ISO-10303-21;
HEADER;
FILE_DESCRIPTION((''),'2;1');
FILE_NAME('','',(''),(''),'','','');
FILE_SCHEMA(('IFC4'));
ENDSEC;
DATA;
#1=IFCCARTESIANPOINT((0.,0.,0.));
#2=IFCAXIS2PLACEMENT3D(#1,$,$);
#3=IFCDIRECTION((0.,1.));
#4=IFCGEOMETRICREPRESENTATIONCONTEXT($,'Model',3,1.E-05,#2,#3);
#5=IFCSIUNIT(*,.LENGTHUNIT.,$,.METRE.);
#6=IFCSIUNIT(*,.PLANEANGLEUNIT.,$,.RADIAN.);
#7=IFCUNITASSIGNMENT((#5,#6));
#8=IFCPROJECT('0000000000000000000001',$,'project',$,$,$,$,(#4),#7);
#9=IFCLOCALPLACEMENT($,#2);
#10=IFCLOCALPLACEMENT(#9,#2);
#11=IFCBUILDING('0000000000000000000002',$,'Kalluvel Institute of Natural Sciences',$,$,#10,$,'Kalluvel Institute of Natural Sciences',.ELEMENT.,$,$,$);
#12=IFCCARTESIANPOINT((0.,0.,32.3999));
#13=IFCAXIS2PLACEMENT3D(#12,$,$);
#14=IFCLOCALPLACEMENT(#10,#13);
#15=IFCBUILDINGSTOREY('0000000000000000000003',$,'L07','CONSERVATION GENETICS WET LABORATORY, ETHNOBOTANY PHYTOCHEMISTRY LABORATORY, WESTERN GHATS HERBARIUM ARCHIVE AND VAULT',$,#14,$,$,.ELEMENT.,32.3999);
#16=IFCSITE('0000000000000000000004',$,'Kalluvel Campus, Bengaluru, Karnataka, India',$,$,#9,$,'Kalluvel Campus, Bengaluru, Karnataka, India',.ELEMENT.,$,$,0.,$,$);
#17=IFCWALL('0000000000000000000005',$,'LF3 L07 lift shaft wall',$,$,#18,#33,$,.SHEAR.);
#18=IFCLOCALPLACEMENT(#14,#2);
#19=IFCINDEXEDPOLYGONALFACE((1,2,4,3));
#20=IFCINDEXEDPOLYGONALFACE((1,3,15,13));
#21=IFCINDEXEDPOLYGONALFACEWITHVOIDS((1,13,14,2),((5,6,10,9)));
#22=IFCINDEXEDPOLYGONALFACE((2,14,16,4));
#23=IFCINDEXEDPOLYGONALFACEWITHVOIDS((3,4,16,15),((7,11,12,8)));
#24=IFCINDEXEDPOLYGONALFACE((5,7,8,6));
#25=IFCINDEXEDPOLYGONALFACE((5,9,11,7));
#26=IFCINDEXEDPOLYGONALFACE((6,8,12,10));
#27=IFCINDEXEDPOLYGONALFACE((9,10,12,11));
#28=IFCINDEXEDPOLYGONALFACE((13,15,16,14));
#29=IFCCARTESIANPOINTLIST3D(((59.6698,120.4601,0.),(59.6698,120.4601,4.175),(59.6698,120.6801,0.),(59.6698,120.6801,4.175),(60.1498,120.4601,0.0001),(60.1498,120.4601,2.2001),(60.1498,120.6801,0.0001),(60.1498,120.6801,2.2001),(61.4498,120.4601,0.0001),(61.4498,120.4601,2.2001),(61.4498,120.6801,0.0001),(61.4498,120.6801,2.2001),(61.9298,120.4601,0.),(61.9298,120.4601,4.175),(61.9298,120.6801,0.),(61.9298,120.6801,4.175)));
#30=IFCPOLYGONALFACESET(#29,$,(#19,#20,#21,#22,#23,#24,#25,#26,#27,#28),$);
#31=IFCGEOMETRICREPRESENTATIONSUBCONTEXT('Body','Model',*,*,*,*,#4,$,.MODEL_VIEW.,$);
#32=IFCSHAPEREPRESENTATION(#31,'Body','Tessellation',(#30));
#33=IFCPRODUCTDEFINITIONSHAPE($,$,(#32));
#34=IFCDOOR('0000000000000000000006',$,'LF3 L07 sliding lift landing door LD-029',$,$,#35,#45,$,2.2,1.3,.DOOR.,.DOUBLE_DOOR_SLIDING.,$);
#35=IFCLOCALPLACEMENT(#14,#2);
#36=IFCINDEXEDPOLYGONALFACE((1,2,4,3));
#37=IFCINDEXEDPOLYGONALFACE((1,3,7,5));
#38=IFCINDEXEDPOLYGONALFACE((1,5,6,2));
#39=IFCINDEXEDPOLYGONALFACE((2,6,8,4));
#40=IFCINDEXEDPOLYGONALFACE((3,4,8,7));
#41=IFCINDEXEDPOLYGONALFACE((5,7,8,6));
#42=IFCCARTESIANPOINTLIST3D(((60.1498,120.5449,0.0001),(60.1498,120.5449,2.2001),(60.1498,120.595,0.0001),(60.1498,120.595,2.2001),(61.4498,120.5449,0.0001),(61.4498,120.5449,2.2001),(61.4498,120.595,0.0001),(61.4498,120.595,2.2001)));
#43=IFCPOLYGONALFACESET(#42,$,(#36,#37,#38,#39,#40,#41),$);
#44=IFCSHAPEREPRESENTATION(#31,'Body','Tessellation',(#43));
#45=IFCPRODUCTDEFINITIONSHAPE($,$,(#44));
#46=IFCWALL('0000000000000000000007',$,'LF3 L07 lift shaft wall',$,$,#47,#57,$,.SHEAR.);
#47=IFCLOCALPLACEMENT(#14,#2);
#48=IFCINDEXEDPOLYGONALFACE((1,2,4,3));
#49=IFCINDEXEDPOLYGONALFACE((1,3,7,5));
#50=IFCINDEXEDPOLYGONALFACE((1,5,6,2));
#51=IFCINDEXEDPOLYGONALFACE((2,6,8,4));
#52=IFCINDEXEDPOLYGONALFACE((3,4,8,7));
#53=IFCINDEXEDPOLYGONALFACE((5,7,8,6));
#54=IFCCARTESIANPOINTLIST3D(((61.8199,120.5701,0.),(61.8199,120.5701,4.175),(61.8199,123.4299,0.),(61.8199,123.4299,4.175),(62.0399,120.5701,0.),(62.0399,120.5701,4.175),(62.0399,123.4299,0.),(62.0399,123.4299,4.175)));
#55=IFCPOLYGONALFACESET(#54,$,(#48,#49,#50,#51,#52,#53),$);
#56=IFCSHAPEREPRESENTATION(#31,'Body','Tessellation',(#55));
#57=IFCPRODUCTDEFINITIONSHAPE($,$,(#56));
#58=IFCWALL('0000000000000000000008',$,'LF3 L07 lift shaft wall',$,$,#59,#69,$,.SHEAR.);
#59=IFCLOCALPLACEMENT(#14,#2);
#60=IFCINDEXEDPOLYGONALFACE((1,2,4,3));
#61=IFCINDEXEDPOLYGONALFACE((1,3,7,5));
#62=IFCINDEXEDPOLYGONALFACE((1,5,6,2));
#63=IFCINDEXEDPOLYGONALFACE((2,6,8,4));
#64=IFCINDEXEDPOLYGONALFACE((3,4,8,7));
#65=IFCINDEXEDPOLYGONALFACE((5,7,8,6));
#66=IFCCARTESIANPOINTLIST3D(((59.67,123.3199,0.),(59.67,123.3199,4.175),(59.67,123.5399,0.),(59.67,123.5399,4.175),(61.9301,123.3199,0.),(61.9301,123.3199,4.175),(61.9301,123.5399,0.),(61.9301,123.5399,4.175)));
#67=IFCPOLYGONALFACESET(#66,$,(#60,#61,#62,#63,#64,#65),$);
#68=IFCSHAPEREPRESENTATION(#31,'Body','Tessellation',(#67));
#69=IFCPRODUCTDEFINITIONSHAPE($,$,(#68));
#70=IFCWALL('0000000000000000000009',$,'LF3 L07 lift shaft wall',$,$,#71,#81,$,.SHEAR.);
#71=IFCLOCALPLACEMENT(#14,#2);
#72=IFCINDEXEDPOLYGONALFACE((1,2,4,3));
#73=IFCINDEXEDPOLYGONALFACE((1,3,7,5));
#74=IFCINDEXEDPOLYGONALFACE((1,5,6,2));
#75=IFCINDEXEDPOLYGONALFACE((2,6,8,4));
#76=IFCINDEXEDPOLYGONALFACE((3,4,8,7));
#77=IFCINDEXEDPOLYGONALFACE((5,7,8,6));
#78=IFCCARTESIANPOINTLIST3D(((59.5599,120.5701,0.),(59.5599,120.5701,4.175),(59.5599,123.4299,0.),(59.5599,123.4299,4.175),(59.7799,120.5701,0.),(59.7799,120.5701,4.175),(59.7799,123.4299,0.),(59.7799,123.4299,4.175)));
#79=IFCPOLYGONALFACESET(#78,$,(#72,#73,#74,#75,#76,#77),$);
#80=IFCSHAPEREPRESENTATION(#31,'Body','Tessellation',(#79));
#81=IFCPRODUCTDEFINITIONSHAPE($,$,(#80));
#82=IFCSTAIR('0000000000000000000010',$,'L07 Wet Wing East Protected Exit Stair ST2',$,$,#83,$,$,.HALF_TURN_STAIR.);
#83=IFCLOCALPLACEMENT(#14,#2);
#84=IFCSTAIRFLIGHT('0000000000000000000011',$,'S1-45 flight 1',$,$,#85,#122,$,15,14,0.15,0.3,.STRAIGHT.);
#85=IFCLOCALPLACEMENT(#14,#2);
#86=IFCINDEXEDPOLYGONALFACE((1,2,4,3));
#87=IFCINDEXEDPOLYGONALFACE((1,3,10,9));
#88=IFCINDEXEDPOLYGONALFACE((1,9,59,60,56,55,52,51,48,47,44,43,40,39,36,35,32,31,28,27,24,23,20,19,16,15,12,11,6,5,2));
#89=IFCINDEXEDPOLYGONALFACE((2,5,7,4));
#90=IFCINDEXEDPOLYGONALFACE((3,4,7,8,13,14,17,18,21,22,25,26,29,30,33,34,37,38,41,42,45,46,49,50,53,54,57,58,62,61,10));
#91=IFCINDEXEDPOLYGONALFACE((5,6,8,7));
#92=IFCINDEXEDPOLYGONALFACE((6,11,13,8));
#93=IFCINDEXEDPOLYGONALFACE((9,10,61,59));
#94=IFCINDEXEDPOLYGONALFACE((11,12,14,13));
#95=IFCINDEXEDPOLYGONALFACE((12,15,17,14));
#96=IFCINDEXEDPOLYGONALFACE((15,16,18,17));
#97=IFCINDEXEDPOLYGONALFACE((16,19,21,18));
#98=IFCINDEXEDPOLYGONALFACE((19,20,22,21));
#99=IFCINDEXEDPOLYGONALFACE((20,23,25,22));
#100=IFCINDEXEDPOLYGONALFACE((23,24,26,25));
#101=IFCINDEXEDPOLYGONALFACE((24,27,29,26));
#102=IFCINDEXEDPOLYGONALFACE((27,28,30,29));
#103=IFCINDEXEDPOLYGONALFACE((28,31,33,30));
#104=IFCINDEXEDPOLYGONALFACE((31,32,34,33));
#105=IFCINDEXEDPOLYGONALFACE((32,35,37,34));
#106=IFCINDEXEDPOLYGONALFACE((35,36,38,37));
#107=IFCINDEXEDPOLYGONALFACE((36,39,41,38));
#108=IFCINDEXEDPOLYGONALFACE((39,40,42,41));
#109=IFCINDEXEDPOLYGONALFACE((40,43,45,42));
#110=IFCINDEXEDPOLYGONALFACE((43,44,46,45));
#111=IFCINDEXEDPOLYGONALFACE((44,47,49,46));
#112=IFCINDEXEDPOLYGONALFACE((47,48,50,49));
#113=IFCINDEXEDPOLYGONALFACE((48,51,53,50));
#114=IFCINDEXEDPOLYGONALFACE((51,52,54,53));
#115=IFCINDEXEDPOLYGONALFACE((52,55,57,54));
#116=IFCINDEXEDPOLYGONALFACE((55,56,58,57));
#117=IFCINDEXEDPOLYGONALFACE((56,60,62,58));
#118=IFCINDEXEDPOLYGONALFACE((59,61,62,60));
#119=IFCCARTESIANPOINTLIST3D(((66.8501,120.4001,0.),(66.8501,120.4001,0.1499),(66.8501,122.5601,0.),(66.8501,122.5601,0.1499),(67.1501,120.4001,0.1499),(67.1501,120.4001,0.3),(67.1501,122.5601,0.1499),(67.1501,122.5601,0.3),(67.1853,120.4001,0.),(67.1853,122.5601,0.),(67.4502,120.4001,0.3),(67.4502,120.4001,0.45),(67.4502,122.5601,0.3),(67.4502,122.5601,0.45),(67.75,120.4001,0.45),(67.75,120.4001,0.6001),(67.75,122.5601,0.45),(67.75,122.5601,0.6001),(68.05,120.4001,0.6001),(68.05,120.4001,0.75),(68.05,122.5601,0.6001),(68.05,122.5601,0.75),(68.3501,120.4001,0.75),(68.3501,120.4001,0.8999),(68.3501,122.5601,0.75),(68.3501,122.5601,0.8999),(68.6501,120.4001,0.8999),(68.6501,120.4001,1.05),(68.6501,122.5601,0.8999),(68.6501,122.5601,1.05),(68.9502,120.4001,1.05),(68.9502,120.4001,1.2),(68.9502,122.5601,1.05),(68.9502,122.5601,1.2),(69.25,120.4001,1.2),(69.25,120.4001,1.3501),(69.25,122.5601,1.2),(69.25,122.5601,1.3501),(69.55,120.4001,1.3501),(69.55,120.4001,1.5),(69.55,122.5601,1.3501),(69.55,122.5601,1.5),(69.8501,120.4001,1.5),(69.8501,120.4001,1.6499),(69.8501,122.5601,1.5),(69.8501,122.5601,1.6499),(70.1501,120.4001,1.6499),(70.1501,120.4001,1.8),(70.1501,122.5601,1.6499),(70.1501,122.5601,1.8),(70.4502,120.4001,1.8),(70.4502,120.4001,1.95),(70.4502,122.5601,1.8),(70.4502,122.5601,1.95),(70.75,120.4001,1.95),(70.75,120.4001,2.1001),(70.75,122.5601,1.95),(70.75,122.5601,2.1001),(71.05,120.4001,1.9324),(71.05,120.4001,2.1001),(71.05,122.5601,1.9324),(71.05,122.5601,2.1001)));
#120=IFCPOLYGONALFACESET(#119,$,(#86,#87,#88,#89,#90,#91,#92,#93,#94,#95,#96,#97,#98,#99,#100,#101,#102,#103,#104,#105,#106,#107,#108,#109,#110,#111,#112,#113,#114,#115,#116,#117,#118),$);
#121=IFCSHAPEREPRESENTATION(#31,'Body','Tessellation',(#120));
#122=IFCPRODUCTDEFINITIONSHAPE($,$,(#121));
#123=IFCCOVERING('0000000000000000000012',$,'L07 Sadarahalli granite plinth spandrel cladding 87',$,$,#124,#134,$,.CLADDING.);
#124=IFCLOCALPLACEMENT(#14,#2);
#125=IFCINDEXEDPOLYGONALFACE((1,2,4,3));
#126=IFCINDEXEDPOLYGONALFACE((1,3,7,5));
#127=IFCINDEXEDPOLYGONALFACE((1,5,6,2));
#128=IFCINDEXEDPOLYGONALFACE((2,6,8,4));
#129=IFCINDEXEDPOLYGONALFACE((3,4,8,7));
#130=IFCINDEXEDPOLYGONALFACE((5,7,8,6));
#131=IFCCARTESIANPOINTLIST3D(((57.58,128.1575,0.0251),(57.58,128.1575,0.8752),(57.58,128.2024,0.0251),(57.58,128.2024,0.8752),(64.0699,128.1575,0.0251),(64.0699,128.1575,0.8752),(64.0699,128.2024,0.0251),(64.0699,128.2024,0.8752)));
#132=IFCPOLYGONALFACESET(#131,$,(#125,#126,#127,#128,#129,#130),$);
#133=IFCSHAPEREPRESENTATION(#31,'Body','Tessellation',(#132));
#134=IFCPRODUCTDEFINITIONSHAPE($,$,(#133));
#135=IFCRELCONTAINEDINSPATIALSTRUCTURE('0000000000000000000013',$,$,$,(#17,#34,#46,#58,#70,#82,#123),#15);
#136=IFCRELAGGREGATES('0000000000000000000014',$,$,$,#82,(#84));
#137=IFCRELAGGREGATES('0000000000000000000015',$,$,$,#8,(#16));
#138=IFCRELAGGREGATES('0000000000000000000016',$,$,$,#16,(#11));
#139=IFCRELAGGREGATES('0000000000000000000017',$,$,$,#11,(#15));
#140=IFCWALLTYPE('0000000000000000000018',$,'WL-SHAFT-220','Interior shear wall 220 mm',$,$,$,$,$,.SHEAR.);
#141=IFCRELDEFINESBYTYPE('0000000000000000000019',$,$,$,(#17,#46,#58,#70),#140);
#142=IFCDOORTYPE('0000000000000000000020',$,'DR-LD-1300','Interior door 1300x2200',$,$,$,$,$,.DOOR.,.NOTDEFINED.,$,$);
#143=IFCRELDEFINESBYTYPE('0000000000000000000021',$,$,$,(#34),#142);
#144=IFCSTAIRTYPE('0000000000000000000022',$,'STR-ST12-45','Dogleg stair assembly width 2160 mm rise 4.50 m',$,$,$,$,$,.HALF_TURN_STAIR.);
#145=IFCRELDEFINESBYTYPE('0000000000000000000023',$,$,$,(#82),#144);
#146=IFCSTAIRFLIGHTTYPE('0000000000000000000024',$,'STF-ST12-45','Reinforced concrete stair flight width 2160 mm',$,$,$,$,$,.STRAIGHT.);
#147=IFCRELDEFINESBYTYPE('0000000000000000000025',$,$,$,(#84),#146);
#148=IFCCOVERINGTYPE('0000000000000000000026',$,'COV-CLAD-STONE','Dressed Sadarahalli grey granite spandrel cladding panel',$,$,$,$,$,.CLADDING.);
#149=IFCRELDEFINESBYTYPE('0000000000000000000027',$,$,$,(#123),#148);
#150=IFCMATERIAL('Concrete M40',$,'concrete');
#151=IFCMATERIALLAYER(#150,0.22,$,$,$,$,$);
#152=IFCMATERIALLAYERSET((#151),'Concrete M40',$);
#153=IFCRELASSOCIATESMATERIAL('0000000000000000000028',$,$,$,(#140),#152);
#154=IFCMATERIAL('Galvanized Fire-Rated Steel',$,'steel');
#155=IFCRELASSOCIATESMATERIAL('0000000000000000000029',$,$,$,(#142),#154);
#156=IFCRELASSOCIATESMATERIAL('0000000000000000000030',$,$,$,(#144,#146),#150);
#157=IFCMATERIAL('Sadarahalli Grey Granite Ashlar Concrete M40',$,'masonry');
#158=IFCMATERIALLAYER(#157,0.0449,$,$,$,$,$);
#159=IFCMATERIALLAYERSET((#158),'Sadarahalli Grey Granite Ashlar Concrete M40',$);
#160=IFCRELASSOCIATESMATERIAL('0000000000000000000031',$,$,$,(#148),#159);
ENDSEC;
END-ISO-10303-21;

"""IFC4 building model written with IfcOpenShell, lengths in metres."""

from ifc_helpers import new_model, si_unit, direction, frame, frame_2d, origin, origin_2d, place, context, subcontext, project, spatial, polyline, rectangle, outline, extrude, material, layer, layer_set, type_object, element, fill, aggregate, save


model = new_model("IFC4")

# Units and contexts
model_context = context("Model", 3, precision=1e-05, world=origin(), true_north=direction((0.0, 1.0)))
body_context = subcontext(model_context, "Body", "Model", "MODEL_VIEW")
ifc_project = project(units=[si_unit("LENGTHUNIT", "METRE"), si_unit("PLANEANGLEUNIT", "RADIAN")], contexts=[model_context])

# Site, building, storey
site_placement = place(None, origin())
site = spatial("IfcSite", under=ifc_project, at=site_placement, Name="Kalluvel Campus, Bengaluru, Karnataka, India", LongName="Kalluvel Campus, Bengaluru, Karnataka, India", CompositionType="ELEMENT", RefElevation=0.0)
building_placement = place(site_placement, origin())
building = spatial("IfcBuilding", under=site, at=building_placement, Name="Kalluvel Institute of Natural Sciences", LongName="Kalluvel Institute of Natural Sciences", CompositionType="ELEMENT")
storey_placement = place(building_placement, frame((0.0, 0.0, 32.3999)))
storey = spatial("IfcBuildingStorey", under=building, at=storey_placement, Name="L07", Description="CONSERVATION GENETICS WET LABORATORY, ETHNOBOTANY PHYTOCHEMISTRY LABORATORY, WESTERN GHATS HERBARIUM ARCHIVE AND VAULT", CompositionType="ELEMENT", Elevation=32.3999)

# Shared definitions
ifc_material_1 = material(Name="Concrete M40", Category="concrete")

# Shared definitions
ifc_material_2 = material(Name="Galvanized Fire-Rated Steel", Category="steel")

# Shared definitions
ifc_material_3 = material(Name="Sadarahalli Grey Granite Ashlar Concrete M40", Category="masonry")

# Wall, opening, door
ifc_layer_1 = layer(ifc_material_1, 0.22)
ifc_layer_set_1 = layer_set([ifc_layer_1], Name="Concrete M40")
wall_type_1 = type_object("IfcWallType", Name="WL-SHAFT-220", Description="Interior shear wall 220 mm", PredefinedType="SHEAR", material=ifc_layer_set_1)
wall_1_placement = place(storey_placement, frame((59.6699, 120.5701, 0.0), z_axis=(0.0, 0.0, 1.0), x_axis=(1.0, 0.0, 0.0)))
wall_1 = element("IfcWall", 1, at=wall_1_placement, inside=storey, type_object=wall_type_1, Name="LF3 L07 lift shaft wall", PredefinedType="SHEAR", context=body_context, shape_type="SweptSolid", body=[
    extrude(rectangle(XDim=2.26, YDim=0.22, at=frame_2d((1.1299, 0.0))), origin(), (0.0, 0.0, 1.0), 4.175),
])
opening_1_placement = place(wall_1_placement, frame((0.48, 0.0, 0.0)))
opening_1 = element("IfcOpeningElement", 2, at=opening_1_placement, cuts=wall_1, PredefinedType="OPENING", context=body_context, shape_type="SweptSolid", body=[
    extrude(rectangle(XDim=1.3, YDim=2.2, at=frame_2d((0.6499, 1.1001))), frame((0.0, 0.1199, 0.0), z_axis=(0.0, -1.0, 0.0), x_axis=(1.0, 0.0, 0.0)), (0.0, 0.0, 1.0), 0.24),
])
door_type_1 = type_object("IfcDoorType", Name="DR-LD-1300", Description="Interior door 1300x2200", OperationType="NOTDEFINED", PredefinedType="DOOR", material=ifc_material_2)
door_1_placement = place(opening_1_placement, origin())
door_1 = element("IfcDoor", 3, at=door_1_placement, inside=storey, type_object=door_type_1, Name="LF3 L07 sliding lift landing door LD-029", OperationType="DOUBLE_DOOR_SLIDING", OverallHeight=2.2, OverallWidth=1.3, PredefinedType="DOOR", context=body_context, shape_type="SweptSolid", body=[
    extrude(rectangle(XDim=1.3, YDim=2.2, at=frame_2d((0.6499, 1.1001))), frame((0.0, 0.0249, 0.0), z_axis=(0.0, -1.0, 0.0), x_axis=(1.0, 0.0, 0.0)), (0.0, 0.0, 1.0), 0.05),
])
fill(opening_1, door_1)

# Walls
wall_2_placement = place(storey_placement, frame((61.9299, 120.5701, 0.0), z_axis=(0.0, 0.0, 1.0), x_axis=(0.0, 1.0, 0.0)))
element("IfcWall", 4, at=wall_2_placement, inside=storey, type_object=wall_type_1, Name="LF3 L07 lift shaft wall", PredefinedType="SHEAR", context=body_context, shape_type="SweptSolid", body=[
    extrude(rectangle(XDim=2.8599, YDim=0.22, at=frame_2d((1.4299, 0.0))), origin(), (0.0, 0.0, 1.0), 4.175),
])
wall_3_placement = place(storey_placement, frame((61.9299, 123.4299, 0.0), z_axis=(0.0, 0.0, 1.0), x_axis=(-1.0, 0.0, 0.0)))
element("IfcWall", 5, at=wall_3_placement, inside=storey, type_object=wall_type_1, Name="LF3 L07 lift shaft wall", PredefinedType="SHEAR", context=body_context, shape_type="SweptSolid", body=[
    extrude(rectangle(XDim=2.26, YDim=0.22, at=frame_2d((1.1299, 0.0))), origin(), (0.0, 0.0, 1.0), 4.175),
])
wall_4_placement = place(storey_placement, frame((59.6699, 123.4299, 0.0), z_axis=(0.0, 0.0, 1.0), x_axis=(0.0, -1.0, 0.0)))
element("IfcWall", 6, at=wall_4_placement, inside=storey, type_object=wall_type_1, Name="LF3 L07 lift shaft wall", PredefinedType="SHEAR", context=body_context, shape_type="SweptSolid", body=[
    extrude(rectangle(XDim=2.8599, YDim=0.22, at=frame_2d((1.4299, 0.0))), origin(), (0.0, 0.0, 1.0), 4.175),
])

# Stair, stair flight
stair_type = type_object("IfcStairType", Name="STR-ST12-45", Description="Dogleg stair assembly width 2160 mm rise 4.50 m", PredefinedType="HALF_TURN_STAIR", material=ifc_material_1)
stair_placement = place(storey_placement, origin())
stair = element("IfcStair", 7, at=stair_placement, inside=storey, type_object=stair_type, Name="L07 Wet Wing East Protected Exit Stair ST2", PredefinedType="HALF_TURN_STAIR")
stair_flight_type = type_object("IfcStairFlightType", Name="STF-ST12-45", Description="Reinforced concrete stair flight width 2160 mm", PredefinedType="STRAIGHT", material=ifc_material_1)
stair_flight_placement = place(storey_placement, frame((66.8501, 121.48, 0.0), z_axis=(0.0, 0.0, 1.0), x_axis=(1.0, 0.0, 0.0)))
stair_flight = element("IfcStairFlight", 8, at=stair_flight_placement, type_object=stair_flight_type, Name="S1-45 flight 1", NumberOfRisers=15, NumberOfTreads=14, PredefinedType="STRAIGHT", RiserHeight=0.15, TreadLength=0.3, context=body_context, shape_type="SweptSolid", body=[
    extrude(outline(polyline([(0.0, 0.0), (0.0, 0.1499), (0.3, 0.1499), (0.3, 0.3), (0.6001, 0.3), (0.6001, 0.45), (0.8999, 0.45), (0.8999, 0.6001), (1.2, 0.6001), (1.2, 0.75), (1.5, 0.75), (1.5, 0.8999), (1.8, 0.8999), (1.8, 1.05), (2.1001, 1.05), (2.1001, 1.2), (2.3999, 1.2), (2.3999, 1.3501), (2.7, 1.3501), (2.7, 1.5), (3.0, 1.5), (3.0, 1.6499), (3.3, 1.6499), (3.3, 1.8), (3.6001, 1.8), (3.6001, 1.95), (3.8999, 1.95), (3.8999, 2.1001), (4.2, 2.1001), (4.2, 2.25), (4.2, 1.9324), (0.3352, 0.0), (0.0, 0.0)])), frame((0.0, 1.0801, 0.0), z_axis=(0.0, -1.0, 0.0), x_axis=(1.0, 0.0, 0.0)), (0.0, 0.0, 1.0), 2.1599),
])
aggregate(stair, [stair_flight])

# Covering
ifc_layer_2 = layer(ifc_material_3, 0.0449)
ifc_layer_set_2 = layer_set([ifc_layer_2], Name="Sadarahalli Grey Granite Ashlar Concrete M40")
covering_type = type_object("IfcCoveringType", Name="COV-CLAD-STONE", Description="Dressed Sadarahalli grey granite spandrel cladding panel", PredefinedType="CLADDING", material=ifc_layer_set_2)
covering_placement = place(storey_placement, frame((60.825, 128.1799, 0.0251), z_axis=(0.0, 0.0, 1.0), x_axis=(1.0, 0.0, 0.0)))
element("IfcCovering", 9, at=covering_placement, inside=storey, type_object=covering_type, Name="L07 Sadarahalli granite plinth spandrel cladding 87", PredefinedType="CLADDING", context=body_context, shape_type="SweptSolid", body=[
    extrude(rectangle(XDim=6.49, YDim=0.0449, at=origin_2d()), origin(), (0.0, 0.0, 1.0), 0.8501),
])

save(model, "model.ifc")
